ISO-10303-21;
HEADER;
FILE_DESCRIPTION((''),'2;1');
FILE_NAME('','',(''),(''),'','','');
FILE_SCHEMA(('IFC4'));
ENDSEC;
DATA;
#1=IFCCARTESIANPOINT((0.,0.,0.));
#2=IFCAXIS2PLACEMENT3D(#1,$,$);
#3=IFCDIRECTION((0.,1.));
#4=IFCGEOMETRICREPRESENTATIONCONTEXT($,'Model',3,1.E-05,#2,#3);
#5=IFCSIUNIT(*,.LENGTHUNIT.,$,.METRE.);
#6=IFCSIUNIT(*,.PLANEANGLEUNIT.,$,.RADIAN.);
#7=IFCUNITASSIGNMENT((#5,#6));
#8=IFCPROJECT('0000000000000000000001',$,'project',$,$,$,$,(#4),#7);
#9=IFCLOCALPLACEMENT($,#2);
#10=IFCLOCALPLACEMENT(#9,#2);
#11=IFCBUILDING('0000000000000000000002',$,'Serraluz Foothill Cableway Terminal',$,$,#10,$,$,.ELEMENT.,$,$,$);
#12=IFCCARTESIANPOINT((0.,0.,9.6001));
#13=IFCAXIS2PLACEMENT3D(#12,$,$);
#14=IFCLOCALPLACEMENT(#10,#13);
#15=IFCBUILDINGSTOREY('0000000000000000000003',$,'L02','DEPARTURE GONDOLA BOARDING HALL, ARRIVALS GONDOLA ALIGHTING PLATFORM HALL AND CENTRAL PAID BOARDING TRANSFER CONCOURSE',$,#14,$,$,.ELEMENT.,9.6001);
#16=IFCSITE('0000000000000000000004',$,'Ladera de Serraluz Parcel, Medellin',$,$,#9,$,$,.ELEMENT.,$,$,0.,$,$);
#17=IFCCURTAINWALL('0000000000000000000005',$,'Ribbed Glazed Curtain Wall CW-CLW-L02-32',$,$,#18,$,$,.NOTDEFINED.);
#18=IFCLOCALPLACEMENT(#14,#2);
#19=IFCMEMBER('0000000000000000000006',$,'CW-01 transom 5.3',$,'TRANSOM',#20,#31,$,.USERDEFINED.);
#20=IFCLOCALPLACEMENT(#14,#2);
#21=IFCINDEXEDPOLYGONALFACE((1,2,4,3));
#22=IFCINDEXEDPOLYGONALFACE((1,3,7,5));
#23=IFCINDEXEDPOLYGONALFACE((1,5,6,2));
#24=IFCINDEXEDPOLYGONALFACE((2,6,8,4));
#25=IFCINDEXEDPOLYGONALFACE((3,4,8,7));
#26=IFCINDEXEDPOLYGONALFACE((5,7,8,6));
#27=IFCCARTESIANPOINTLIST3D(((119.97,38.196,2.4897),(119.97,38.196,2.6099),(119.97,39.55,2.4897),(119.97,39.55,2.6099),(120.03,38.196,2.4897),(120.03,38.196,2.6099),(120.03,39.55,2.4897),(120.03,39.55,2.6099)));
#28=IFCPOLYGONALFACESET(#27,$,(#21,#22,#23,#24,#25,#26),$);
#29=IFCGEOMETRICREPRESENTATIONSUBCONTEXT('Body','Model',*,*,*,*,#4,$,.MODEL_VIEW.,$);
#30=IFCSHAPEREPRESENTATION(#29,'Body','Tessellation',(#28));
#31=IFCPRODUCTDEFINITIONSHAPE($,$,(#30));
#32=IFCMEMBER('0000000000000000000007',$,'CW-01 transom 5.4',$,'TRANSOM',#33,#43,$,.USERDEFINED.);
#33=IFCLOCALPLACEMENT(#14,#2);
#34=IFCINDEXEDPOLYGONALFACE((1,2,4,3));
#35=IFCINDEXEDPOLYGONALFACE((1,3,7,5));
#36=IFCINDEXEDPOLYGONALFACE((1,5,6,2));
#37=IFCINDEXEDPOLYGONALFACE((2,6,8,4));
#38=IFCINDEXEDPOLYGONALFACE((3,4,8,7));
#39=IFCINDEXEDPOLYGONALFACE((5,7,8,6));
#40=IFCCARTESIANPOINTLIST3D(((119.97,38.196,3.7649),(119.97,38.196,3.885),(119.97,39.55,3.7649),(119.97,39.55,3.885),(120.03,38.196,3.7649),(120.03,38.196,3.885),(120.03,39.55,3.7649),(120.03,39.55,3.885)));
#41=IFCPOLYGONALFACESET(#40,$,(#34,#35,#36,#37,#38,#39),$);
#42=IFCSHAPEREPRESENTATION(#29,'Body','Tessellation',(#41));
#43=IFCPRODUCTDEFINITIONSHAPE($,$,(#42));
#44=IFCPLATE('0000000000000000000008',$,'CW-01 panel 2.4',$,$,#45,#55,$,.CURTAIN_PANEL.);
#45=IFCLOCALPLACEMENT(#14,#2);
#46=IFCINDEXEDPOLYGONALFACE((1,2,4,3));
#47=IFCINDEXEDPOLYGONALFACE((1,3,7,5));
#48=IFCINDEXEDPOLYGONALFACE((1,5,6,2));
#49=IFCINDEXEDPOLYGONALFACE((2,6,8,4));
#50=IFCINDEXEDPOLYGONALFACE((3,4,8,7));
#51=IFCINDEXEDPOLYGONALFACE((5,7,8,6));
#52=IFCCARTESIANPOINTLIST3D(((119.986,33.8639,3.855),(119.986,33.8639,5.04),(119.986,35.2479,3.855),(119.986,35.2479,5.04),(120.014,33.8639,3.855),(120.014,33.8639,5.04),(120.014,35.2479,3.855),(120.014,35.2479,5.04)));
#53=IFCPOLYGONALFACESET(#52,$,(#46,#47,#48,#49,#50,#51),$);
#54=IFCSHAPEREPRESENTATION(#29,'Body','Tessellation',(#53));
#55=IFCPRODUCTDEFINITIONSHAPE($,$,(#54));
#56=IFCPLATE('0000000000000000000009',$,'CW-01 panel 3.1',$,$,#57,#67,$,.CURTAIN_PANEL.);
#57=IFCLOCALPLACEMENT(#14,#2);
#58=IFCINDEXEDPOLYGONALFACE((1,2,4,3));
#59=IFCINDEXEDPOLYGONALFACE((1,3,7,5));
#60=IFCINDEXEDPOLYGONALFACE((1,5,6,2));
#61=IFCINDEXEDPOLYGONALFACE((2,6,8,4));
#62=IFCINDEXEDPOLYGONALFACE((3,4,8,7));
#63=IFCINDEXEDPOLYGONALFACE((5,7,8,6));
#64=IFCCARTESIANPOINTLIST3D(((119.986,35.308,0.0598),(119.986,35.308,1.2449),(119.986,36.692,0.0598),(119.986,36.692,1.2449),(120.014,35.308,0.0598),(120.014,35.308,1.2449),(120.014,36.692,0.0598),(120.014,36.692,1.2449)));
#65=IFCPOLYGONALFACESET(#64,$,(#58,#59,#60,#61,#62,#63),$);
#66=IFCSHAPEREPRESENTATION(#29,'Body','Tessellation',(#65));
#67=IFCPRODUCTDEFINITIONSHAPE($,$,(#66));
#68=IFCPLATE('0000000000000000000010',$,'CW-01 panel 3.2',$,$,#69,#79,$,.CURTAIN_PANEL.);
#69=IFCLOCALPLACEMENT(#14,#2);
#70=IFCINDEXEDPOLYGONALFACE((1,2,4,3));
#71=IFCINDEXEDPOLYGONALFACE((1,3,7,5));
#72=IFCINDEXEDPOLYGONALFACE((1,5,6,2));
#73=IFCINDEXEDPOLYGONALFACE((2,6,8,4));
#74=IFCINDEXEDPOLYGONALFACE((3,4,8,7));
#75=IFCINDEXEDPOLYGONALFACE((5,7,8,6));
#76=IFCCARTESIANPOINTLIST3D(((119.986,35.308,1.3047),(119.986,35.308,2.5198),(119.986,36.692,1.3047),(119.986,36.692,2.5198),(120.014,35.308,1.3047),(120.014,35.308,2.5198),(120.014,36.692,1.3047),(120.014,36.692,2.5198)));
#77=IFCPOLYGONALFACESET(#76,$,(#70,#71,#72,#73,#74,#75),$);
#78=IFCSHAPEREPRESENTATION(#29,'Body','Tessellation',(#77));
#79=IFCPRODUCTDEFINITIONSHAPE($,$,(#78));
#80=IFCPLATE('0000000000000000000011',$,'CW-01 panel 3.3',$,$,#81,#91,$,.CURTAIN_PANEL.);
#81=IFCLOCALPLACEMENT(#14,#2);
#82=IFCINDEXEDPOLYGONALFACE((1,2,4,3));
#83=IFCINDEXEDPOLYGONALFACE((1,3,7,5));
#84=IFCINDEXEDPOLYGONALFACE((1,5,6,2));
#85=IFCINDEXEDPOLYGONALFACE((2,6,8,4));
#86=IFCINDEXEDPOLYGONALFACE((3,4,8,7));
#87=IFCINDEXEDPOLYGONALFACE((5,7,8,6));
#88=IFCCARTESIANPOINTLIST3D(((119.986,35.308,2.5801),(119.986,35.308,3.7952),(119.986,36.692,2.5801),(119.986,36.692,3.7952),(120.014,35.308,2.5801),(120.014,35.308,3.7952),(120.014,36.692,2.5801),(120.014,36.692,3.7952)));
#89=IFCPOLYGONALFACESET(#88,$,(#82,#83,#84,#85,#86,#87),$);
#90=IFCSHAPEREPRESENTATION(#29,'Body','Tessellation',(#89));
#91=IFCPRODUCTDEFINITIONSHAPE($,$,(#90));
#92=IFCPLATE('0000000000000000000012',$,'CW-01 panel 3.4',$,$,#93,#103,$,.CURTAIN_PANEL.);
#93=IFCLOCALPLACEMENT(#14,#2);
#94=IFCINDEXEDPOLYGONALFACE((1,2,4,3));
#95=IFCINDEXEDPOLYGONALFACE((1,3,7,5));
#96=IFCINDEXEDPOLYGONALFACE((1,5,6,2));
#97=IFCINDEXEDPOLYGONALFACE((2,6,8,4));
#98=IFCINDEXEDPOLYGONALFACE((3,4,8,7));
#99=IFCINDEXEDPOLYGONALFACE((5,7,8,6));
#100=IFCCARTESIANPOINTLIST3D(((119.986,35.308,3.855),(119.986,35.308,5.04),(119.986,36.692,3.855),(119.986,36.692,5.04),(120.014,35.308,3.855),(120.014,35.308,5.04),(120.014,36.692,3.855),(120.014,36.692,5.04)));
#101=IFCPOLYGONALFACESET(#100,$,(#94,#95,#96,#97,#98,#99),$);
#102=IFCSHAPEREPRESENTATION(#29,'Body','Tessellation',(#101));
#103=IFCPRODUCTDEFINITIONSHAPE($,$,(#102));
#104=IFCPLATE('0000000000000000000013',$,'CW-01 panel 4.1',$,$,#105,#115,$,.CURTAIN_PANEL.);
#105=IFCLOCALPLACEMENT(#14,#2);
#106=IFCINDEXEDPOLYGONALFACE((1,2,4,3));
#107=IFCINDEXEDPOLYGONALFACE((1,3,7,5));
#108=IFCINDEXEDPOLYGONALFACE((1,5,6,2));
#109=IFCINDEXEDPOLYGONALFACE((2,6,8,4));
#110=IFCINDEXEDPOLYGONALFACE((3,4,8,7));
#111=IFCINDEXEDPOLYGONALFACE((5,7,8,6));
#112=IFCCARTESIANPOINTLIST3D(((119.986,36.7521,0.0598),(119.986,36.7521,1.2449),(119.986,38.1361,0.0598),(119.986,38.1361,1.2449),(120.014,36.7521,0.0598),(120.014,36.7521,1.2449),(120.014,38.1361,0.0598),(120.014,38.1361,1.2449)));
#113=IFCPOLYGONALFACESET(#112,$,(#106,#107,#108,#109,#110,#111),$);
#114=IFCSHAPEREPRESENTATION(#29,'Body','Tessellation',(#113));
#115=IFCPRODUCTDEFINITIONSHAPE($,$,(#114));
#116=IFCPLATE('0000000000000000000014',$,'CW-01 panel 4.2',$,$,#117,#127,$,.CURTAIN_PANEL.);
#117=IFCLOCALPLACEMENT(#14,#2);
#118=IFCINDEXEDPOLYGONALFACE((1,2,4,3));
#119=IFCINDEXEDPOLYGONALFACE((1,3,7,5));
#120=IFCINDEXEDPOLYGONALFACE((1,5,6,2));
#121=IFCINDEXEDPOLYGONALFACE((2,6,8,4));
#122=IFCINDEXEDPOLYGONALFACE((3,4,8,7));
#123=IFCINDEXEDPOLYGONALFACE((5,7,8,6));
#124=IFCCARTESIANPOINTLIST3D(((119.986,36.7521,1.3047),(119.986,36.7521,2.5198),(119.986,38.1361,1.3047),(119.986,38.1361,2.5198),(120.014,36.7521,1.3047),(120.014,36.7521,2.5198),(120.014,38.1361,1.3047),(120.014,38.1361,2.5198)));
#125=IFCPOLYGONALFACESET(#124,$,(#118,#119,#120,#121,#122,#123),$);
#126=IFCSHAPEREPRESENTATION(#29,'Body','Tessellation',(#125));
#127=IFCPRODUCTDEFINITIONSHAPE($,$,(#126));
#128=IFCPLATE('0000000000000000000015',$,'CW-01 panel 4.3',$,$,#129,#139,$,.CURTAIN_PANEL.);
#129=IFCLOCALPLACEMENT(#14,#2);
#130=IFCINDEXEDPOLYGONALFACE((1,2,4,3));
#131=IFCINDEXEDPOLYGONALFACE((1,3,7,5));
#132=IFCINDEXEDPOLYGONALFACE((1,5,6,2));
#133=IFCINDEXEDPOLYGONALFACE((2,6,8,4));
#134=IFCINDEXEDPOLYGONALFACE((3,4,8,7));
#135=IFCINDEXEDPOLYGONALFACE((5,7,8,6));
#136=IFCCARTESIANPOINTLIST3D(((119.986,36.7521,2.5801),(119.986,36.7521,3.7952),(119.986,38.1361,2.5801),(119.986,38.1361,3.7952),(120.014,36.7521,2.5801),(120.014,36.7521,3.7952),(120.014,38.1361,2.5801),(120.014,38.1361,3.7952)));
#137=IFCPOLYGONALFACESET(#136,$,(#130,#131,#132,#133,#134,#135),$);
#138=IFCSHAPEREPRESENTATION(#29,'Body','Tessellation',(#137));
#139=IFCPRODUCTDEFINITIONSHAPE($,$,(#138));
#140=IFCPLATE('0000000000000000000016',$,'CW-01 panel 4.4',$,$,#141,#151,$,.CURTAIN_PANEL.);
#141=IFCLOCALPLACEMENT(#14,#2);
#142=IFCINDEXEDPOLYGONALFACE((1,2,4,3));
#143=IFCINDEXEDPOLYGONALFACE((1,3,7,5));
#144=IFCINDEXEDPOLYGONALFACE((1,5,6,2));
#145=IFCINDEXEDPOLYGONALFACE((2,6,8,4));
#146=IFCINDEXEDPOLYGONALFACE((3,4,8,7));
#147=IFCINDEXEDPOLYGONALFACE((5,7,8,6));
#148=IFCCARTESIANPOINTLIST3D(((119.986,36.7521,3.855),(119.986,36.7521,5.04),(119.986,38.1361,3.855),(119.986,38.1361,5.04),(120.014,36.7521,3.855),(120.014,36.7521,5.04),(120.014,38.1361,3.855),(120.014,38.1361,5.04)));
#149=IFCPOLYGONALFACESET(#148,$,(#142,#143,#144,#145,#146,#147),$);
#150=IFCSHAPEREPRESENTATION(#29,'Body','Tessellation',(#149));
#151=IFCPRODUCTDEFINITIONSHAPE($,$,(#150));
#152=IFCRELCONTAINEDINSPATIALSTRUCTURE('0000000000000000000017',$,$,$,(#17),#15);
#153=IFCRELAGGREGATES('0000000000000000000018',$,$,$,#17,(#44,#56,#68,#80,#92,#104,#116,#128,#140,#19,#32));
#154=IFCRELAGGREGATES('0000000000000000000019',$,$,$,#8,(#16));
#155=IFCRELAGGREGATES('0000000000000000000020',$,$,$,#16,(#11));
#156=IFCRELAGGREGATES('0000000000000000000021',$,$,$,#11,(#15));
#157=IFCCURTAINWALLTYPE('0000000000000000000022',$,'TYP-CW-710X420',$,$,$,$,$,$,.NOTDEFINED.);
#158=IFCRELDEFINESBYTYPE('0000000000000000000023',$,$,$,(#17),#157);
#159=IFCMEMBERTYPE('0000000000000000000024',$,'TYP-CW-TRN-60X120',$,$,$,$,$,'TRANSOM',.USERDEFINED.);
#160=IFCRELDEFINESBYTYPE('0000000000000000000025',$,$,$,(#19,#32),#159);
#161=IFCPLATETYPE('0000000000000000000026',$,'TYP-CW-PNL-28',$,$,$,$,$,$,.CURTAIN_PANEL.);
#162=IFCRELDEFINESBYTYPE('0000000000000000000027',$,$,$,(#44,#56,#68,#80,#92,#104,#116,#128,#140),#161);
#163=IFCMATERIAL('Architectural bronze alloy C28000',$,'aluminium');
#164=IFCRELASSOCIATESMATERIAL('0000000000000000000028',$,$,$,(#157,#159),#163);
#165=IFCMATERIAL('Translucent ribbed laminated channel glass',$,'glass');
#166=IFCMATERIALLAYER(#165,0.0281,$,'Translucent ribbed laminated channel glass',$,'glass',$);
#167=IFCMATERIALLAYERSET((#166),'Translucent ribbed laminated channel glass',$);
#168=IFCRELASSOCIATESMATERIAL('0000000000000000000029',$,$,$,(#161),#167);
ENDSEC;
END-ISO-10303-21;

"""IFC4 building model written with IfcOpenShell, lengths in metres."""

from ifc_helpers import new_model, si_unit, direction, frame, origin, origin_2d, place, context, subcontext, project, spatial, rectangle, extrude, material, layer, layer_set, material_profile, profile_set, type_object, element, aggregate, save


model = new_model("IFC4")

# Units and contexts
model_context = context("Model", 3, precision=1e-05, world=origin(), true_north=direction((0.0, 1.0)))
body_context = subcontext(model_context, "Body", "Model", "MODEL_VIEW")
ifc_project = project(units=[si_unit("LENGTHUNIT", "METRE"), si_unit("PLANEANGLEUNIT", "RADIAN")], contexts=[model_context])

# Site, building, storey
site_placement = place(None, origin())
site = spatial("IfcSite", under=ifc_project, at=site_placement, Name="Ladera de Serraluz Parcel, Medellin", CompositionType="ELEMENT", RefElevation=0.0)
building_placement = place(site_placement, origin())
building = spatial("IfcBuilding", under=site, at=building_placement, Name="Serraluz Foothill Cableway Terminal", CompositionType="ELEMENT")
storey_placement = place(building_placement, frame((0.0, 0.0, 9.6001)))
storey = spatial("IfcBuildingStorey", under=building, at=storey_placement, Name="L02", Description="DEPARTURE GONDOLA BOARDING HALL, ARRIVALS GONDOLA ALIGHTING PLATFORM HALL AND CENTRAL PAID BOARDING TRANSFER CONCOURSE", CompositionType="ELEMENT", Elevation=9.6001)

# Curtain wall, members, plates
ifc_material_1 = material(Name="Architectural bronze alloy C28000", Category="aluminium")
curtain_wall_type = type_object("IfcCurtainWallType", Name="TYP-CW-710X420", PredefinedType="NOTDEFINED", material=ifc_material_1)
curtain_wall_placement = place(storey_placement, origin())
curtain_wall = element("IfcCurtainWall", 1, at=curtain_wall_placement, inside=storey, type_object=curtain_wall_type, Name="Ribbed Glazed Curtain Wall CW-CLW-L02-32", PredefinedType="NOTDEFINED")
ifc_material_profile_1 = material_profile(ifc_material_1, rectangle(XDim=0.0601, YDim=0.1201, at=origin_2d()), Name="ALU TRANSOM 60x120")
ifc_profile_set_1 = profile_set([ifc_material_profile_1], Name="Architectural bronze alloy C28000")
member_type_1 = type_object("IfcMemberType", Name="TYP-CW-TRN-60X120", ElementType="TRANSOM", PredefinedType="USERDEFINED", material=ifc_profile_set_1)
member_1_placement = place(storey_placement, frame((120.0, 38.196, 2.5498), z_axis=(0.0, 1.0, 0.0), x_axis=(-1.0, 0.0, 0.0)))
member_1 = element("IfcMember", 2, at=member_1_placement, type_object=member_type_1, Name="CW-01 transom 5.3", ObjectType="TRANSOM", PredefinedType="USERDEFINED", context=body_context, shape_type="SweptSolid", body=[
    extrude(rectangle(XDim=0.0601, YDim=0.1201, at=origin_2d()), origin(), (0.0, 0.0, 1.0), 1.354),
])
member_2_placement = place(storey_placement, frame((120.0, 38.196, 3.825), z_axis=(0.0, 1.0, 0.0), x_axis=(-1.0, 0.0, 0.0)))
member_2 = element("IfcMember", 3, at=member_2_placement, type_object=member_type_1, Name="CW-01 transom 5.4", ObjectType="TRANSOM", PredefinedType="USERDEFINED", context=body_context, shape_type="SweptSolid", body=[
    extrude(rectangle(XDim=0.0601, YDim=0.1201, at=origin_2d()), origin(), (0.0, 0.0, 1.0), 1.354),
])
ifc_material_2 = material(Name="Translucent ribbed laminated channel glass", Category="glass")
ifc_layer = layer(ifc_material_2, 0.0281, Name="Translucent ribbed laminated channel glass", Category="glass")
ifc_layer_set = layer_set([ifc_layer], Name="Translucent ribbed laminated channel glass")
plate_type = type_object("IfcPlateType", Name="TYP-CW-PNL-28", PredefinedType="CURTAIN_PANEL", material=ifc_layer_set)
plate_1_placement = place(storey_placement, frame((120.0, 34.5559, 3.855), z_axis=(0.0, 0.0, 1.0), x_axis=(0.0, 1.0, 0.0)))
plate_1 = element("IfcPlate", 4, at=plate_1_placement, type_object=plate_type, Name="CW-01 panel 2.4", PredefinedType="CURTAIN_PANEL", context=body_context, shape_type="SweptSolid", body=[
    extrude(rectangle(XDim=1.384, YDim=0.0281, at=origin_2d()), origin(), (0.0, 0.0, 1.0), 1.1851),
])
plate_2_placement = place(storey_placement, frame((120.0, 36.0, 0.0598), z_axis=(0.0, 0.0, 1.0), x_axis=(0.0, 1.0, 0.0)))
plate_2 = element("IfcPlate", 5, at=plate_2_placement, type_object=plate_type, Name="CW-01 panel 3.1", PredefinedType="CURTAIN_PANEL", context=body_context, shape_type="SweptSolid", body=[
    extrude(rectangle(XDim=1.384, YDim=0.0281, at=origin_2d()), origin(), (0.0, 0.0, 1.0), 1.1851),
])
plate_3_placement = place(storey_placement, frame((120.0, 36.0, 1.3047), z_axis=(0.0, 0.0, 1.0), x_axis=(0.0, 1.0, 0.0)))
plate_3 = element("IfcPlate", 6, at=plate_3_placement, type_object=plate_type, Name="CW-01 panel 3.2", PredefinedType="CURTAIN_PANEL", context=body_context, shape_type="SweptSolid", body=[
    extrude(rectangle(XDim=1.384, YDim=0.0281, at=origin_2d()), origin(), (0.0, 0.0, 1.0), 1.2151),
])
plate_4_placement = place(storey_placement, frame((120.0, 36.0, 2.5801), z_axis=(0.0, 0.0, 1.0), x_axis=(0.0, 1.0, 0.0)))
plate_4 = element("IfcPlate", 7, at=plate_4_placement, type_object=plate_type, Name="CW-01 panel 3.3", PredefinedType="CURTAIN_PANEL", context=body_context, shape_type="SweptSolid", body=[
    extrude(rectangle(XDim=1.384, YDim=0.0281, at=origin_2d()), origin(), (0.0, 0.0, 1.0), 1.2151),
])
plate_5_placement = place(storey_placement, frame((120.0, 36.0, 3.855), z_axis=(0.0, 0.0, 1.0), x_axis=(0.0, 1.0, 0.0)))
plate_5 = element("IfcPlate", 8, at=plate_5_placement, type_object=plate_type, Name="CW-01 panel 3.4", PredefinedType="CURTAIN_PANEL", context=body_context, shape_type="SweptSolid", body=[
    extrude(rectangle(XDim=1.384, YDim=0.0281, at=origin_2d()), origin(), (0.0, 0.0, 1.0), 1.1851),
])
plate_6_placement = place(storey_placement, frame((120.0, 37.4441, 0.0598), z_axis=(0.0, 0.0, 1.0), x_axis=(0.0, 1.0, 0.0)))
plate_6 = element("IfcPlate", 9, at=plate_6_placement, type_object=plate_type, Name="CW-01 panel 4.1", PredefinedType="CURTAIN_PANEL", context=body_context, shape_type="SweptSolid", body=[
    extrude(rectangle(XDim=1.384, YDim=0.0281, at=origin_2d()), origin(), (0.0, 0.0, 1.0), 1.1851),
])
plate_7_placement = place(storey_placement, frame((120.0, 37.4441, 1.3047), z_axis=(0.0, 0.0, 1.0), x_axis=(0.0, 1.0, 0.0)))
plate_7 = element("IfcPlate", 10, at=plate_7_placement, type_object=plate_type, Name="CW-01 panel 4.2", PredefinedType="CURTAIN_PANEL", context=body_context, shape_type="SweptSolid", body=[
    extrude(rectangle(XDim=1.384, YDim=0.0281, at=origin_2d()), origin(), (0.0, 0.0, 1.0), 1.2151),
])
plate_8_placement = place(storey_placement, frame((120.0, 37.4441, 2.5801), z_axis=(0.0, 0.0, 1.0), x_axis=(0.0, 1.0, 0.0)))
plate_8 = element("IfcPlate", 11, at=plate_8_placement, type_object=plate_type, Name="CW-01 panel 4.3", PredefinedType="CURTAIN_PANEL", context=body_context, shape_type="SweptSolid", body=[
    extrude(rectangle(XDim=1.384, YDim=0.0281, at=origin_2d()), origin(), (0.0, 0.0, 1.0), 1.2151),
])
plate_9_placement = place(storey_placement, frame((120.0, 37.4441, 3.855), z_axis=(0.0, 0.0, 1.0), x_axis=(0.0, 1.0, 0.0)))
plate_9 = element("IfcPlate", 12, at=plate_9_placement, type_object=plate_type, Name="CW-01 panel 4.4", PredefinedType="CURTAIN_PANEL", context=body_context, shape_type="SweptSolid", body=[
    extrude(rectangle(XDim=1.384, YDim=0.0281, at=origin_2d()), origin(), (0.0, 0.0, 1.0), 1.1851),
])
aggregate(curtain_wall, [plate_1, plate_2, plate_3, plate_4, plate_5, plate_6, plate_7, plate_8, plate_9, member_1, member_2])

save(model, "model.ifc")
